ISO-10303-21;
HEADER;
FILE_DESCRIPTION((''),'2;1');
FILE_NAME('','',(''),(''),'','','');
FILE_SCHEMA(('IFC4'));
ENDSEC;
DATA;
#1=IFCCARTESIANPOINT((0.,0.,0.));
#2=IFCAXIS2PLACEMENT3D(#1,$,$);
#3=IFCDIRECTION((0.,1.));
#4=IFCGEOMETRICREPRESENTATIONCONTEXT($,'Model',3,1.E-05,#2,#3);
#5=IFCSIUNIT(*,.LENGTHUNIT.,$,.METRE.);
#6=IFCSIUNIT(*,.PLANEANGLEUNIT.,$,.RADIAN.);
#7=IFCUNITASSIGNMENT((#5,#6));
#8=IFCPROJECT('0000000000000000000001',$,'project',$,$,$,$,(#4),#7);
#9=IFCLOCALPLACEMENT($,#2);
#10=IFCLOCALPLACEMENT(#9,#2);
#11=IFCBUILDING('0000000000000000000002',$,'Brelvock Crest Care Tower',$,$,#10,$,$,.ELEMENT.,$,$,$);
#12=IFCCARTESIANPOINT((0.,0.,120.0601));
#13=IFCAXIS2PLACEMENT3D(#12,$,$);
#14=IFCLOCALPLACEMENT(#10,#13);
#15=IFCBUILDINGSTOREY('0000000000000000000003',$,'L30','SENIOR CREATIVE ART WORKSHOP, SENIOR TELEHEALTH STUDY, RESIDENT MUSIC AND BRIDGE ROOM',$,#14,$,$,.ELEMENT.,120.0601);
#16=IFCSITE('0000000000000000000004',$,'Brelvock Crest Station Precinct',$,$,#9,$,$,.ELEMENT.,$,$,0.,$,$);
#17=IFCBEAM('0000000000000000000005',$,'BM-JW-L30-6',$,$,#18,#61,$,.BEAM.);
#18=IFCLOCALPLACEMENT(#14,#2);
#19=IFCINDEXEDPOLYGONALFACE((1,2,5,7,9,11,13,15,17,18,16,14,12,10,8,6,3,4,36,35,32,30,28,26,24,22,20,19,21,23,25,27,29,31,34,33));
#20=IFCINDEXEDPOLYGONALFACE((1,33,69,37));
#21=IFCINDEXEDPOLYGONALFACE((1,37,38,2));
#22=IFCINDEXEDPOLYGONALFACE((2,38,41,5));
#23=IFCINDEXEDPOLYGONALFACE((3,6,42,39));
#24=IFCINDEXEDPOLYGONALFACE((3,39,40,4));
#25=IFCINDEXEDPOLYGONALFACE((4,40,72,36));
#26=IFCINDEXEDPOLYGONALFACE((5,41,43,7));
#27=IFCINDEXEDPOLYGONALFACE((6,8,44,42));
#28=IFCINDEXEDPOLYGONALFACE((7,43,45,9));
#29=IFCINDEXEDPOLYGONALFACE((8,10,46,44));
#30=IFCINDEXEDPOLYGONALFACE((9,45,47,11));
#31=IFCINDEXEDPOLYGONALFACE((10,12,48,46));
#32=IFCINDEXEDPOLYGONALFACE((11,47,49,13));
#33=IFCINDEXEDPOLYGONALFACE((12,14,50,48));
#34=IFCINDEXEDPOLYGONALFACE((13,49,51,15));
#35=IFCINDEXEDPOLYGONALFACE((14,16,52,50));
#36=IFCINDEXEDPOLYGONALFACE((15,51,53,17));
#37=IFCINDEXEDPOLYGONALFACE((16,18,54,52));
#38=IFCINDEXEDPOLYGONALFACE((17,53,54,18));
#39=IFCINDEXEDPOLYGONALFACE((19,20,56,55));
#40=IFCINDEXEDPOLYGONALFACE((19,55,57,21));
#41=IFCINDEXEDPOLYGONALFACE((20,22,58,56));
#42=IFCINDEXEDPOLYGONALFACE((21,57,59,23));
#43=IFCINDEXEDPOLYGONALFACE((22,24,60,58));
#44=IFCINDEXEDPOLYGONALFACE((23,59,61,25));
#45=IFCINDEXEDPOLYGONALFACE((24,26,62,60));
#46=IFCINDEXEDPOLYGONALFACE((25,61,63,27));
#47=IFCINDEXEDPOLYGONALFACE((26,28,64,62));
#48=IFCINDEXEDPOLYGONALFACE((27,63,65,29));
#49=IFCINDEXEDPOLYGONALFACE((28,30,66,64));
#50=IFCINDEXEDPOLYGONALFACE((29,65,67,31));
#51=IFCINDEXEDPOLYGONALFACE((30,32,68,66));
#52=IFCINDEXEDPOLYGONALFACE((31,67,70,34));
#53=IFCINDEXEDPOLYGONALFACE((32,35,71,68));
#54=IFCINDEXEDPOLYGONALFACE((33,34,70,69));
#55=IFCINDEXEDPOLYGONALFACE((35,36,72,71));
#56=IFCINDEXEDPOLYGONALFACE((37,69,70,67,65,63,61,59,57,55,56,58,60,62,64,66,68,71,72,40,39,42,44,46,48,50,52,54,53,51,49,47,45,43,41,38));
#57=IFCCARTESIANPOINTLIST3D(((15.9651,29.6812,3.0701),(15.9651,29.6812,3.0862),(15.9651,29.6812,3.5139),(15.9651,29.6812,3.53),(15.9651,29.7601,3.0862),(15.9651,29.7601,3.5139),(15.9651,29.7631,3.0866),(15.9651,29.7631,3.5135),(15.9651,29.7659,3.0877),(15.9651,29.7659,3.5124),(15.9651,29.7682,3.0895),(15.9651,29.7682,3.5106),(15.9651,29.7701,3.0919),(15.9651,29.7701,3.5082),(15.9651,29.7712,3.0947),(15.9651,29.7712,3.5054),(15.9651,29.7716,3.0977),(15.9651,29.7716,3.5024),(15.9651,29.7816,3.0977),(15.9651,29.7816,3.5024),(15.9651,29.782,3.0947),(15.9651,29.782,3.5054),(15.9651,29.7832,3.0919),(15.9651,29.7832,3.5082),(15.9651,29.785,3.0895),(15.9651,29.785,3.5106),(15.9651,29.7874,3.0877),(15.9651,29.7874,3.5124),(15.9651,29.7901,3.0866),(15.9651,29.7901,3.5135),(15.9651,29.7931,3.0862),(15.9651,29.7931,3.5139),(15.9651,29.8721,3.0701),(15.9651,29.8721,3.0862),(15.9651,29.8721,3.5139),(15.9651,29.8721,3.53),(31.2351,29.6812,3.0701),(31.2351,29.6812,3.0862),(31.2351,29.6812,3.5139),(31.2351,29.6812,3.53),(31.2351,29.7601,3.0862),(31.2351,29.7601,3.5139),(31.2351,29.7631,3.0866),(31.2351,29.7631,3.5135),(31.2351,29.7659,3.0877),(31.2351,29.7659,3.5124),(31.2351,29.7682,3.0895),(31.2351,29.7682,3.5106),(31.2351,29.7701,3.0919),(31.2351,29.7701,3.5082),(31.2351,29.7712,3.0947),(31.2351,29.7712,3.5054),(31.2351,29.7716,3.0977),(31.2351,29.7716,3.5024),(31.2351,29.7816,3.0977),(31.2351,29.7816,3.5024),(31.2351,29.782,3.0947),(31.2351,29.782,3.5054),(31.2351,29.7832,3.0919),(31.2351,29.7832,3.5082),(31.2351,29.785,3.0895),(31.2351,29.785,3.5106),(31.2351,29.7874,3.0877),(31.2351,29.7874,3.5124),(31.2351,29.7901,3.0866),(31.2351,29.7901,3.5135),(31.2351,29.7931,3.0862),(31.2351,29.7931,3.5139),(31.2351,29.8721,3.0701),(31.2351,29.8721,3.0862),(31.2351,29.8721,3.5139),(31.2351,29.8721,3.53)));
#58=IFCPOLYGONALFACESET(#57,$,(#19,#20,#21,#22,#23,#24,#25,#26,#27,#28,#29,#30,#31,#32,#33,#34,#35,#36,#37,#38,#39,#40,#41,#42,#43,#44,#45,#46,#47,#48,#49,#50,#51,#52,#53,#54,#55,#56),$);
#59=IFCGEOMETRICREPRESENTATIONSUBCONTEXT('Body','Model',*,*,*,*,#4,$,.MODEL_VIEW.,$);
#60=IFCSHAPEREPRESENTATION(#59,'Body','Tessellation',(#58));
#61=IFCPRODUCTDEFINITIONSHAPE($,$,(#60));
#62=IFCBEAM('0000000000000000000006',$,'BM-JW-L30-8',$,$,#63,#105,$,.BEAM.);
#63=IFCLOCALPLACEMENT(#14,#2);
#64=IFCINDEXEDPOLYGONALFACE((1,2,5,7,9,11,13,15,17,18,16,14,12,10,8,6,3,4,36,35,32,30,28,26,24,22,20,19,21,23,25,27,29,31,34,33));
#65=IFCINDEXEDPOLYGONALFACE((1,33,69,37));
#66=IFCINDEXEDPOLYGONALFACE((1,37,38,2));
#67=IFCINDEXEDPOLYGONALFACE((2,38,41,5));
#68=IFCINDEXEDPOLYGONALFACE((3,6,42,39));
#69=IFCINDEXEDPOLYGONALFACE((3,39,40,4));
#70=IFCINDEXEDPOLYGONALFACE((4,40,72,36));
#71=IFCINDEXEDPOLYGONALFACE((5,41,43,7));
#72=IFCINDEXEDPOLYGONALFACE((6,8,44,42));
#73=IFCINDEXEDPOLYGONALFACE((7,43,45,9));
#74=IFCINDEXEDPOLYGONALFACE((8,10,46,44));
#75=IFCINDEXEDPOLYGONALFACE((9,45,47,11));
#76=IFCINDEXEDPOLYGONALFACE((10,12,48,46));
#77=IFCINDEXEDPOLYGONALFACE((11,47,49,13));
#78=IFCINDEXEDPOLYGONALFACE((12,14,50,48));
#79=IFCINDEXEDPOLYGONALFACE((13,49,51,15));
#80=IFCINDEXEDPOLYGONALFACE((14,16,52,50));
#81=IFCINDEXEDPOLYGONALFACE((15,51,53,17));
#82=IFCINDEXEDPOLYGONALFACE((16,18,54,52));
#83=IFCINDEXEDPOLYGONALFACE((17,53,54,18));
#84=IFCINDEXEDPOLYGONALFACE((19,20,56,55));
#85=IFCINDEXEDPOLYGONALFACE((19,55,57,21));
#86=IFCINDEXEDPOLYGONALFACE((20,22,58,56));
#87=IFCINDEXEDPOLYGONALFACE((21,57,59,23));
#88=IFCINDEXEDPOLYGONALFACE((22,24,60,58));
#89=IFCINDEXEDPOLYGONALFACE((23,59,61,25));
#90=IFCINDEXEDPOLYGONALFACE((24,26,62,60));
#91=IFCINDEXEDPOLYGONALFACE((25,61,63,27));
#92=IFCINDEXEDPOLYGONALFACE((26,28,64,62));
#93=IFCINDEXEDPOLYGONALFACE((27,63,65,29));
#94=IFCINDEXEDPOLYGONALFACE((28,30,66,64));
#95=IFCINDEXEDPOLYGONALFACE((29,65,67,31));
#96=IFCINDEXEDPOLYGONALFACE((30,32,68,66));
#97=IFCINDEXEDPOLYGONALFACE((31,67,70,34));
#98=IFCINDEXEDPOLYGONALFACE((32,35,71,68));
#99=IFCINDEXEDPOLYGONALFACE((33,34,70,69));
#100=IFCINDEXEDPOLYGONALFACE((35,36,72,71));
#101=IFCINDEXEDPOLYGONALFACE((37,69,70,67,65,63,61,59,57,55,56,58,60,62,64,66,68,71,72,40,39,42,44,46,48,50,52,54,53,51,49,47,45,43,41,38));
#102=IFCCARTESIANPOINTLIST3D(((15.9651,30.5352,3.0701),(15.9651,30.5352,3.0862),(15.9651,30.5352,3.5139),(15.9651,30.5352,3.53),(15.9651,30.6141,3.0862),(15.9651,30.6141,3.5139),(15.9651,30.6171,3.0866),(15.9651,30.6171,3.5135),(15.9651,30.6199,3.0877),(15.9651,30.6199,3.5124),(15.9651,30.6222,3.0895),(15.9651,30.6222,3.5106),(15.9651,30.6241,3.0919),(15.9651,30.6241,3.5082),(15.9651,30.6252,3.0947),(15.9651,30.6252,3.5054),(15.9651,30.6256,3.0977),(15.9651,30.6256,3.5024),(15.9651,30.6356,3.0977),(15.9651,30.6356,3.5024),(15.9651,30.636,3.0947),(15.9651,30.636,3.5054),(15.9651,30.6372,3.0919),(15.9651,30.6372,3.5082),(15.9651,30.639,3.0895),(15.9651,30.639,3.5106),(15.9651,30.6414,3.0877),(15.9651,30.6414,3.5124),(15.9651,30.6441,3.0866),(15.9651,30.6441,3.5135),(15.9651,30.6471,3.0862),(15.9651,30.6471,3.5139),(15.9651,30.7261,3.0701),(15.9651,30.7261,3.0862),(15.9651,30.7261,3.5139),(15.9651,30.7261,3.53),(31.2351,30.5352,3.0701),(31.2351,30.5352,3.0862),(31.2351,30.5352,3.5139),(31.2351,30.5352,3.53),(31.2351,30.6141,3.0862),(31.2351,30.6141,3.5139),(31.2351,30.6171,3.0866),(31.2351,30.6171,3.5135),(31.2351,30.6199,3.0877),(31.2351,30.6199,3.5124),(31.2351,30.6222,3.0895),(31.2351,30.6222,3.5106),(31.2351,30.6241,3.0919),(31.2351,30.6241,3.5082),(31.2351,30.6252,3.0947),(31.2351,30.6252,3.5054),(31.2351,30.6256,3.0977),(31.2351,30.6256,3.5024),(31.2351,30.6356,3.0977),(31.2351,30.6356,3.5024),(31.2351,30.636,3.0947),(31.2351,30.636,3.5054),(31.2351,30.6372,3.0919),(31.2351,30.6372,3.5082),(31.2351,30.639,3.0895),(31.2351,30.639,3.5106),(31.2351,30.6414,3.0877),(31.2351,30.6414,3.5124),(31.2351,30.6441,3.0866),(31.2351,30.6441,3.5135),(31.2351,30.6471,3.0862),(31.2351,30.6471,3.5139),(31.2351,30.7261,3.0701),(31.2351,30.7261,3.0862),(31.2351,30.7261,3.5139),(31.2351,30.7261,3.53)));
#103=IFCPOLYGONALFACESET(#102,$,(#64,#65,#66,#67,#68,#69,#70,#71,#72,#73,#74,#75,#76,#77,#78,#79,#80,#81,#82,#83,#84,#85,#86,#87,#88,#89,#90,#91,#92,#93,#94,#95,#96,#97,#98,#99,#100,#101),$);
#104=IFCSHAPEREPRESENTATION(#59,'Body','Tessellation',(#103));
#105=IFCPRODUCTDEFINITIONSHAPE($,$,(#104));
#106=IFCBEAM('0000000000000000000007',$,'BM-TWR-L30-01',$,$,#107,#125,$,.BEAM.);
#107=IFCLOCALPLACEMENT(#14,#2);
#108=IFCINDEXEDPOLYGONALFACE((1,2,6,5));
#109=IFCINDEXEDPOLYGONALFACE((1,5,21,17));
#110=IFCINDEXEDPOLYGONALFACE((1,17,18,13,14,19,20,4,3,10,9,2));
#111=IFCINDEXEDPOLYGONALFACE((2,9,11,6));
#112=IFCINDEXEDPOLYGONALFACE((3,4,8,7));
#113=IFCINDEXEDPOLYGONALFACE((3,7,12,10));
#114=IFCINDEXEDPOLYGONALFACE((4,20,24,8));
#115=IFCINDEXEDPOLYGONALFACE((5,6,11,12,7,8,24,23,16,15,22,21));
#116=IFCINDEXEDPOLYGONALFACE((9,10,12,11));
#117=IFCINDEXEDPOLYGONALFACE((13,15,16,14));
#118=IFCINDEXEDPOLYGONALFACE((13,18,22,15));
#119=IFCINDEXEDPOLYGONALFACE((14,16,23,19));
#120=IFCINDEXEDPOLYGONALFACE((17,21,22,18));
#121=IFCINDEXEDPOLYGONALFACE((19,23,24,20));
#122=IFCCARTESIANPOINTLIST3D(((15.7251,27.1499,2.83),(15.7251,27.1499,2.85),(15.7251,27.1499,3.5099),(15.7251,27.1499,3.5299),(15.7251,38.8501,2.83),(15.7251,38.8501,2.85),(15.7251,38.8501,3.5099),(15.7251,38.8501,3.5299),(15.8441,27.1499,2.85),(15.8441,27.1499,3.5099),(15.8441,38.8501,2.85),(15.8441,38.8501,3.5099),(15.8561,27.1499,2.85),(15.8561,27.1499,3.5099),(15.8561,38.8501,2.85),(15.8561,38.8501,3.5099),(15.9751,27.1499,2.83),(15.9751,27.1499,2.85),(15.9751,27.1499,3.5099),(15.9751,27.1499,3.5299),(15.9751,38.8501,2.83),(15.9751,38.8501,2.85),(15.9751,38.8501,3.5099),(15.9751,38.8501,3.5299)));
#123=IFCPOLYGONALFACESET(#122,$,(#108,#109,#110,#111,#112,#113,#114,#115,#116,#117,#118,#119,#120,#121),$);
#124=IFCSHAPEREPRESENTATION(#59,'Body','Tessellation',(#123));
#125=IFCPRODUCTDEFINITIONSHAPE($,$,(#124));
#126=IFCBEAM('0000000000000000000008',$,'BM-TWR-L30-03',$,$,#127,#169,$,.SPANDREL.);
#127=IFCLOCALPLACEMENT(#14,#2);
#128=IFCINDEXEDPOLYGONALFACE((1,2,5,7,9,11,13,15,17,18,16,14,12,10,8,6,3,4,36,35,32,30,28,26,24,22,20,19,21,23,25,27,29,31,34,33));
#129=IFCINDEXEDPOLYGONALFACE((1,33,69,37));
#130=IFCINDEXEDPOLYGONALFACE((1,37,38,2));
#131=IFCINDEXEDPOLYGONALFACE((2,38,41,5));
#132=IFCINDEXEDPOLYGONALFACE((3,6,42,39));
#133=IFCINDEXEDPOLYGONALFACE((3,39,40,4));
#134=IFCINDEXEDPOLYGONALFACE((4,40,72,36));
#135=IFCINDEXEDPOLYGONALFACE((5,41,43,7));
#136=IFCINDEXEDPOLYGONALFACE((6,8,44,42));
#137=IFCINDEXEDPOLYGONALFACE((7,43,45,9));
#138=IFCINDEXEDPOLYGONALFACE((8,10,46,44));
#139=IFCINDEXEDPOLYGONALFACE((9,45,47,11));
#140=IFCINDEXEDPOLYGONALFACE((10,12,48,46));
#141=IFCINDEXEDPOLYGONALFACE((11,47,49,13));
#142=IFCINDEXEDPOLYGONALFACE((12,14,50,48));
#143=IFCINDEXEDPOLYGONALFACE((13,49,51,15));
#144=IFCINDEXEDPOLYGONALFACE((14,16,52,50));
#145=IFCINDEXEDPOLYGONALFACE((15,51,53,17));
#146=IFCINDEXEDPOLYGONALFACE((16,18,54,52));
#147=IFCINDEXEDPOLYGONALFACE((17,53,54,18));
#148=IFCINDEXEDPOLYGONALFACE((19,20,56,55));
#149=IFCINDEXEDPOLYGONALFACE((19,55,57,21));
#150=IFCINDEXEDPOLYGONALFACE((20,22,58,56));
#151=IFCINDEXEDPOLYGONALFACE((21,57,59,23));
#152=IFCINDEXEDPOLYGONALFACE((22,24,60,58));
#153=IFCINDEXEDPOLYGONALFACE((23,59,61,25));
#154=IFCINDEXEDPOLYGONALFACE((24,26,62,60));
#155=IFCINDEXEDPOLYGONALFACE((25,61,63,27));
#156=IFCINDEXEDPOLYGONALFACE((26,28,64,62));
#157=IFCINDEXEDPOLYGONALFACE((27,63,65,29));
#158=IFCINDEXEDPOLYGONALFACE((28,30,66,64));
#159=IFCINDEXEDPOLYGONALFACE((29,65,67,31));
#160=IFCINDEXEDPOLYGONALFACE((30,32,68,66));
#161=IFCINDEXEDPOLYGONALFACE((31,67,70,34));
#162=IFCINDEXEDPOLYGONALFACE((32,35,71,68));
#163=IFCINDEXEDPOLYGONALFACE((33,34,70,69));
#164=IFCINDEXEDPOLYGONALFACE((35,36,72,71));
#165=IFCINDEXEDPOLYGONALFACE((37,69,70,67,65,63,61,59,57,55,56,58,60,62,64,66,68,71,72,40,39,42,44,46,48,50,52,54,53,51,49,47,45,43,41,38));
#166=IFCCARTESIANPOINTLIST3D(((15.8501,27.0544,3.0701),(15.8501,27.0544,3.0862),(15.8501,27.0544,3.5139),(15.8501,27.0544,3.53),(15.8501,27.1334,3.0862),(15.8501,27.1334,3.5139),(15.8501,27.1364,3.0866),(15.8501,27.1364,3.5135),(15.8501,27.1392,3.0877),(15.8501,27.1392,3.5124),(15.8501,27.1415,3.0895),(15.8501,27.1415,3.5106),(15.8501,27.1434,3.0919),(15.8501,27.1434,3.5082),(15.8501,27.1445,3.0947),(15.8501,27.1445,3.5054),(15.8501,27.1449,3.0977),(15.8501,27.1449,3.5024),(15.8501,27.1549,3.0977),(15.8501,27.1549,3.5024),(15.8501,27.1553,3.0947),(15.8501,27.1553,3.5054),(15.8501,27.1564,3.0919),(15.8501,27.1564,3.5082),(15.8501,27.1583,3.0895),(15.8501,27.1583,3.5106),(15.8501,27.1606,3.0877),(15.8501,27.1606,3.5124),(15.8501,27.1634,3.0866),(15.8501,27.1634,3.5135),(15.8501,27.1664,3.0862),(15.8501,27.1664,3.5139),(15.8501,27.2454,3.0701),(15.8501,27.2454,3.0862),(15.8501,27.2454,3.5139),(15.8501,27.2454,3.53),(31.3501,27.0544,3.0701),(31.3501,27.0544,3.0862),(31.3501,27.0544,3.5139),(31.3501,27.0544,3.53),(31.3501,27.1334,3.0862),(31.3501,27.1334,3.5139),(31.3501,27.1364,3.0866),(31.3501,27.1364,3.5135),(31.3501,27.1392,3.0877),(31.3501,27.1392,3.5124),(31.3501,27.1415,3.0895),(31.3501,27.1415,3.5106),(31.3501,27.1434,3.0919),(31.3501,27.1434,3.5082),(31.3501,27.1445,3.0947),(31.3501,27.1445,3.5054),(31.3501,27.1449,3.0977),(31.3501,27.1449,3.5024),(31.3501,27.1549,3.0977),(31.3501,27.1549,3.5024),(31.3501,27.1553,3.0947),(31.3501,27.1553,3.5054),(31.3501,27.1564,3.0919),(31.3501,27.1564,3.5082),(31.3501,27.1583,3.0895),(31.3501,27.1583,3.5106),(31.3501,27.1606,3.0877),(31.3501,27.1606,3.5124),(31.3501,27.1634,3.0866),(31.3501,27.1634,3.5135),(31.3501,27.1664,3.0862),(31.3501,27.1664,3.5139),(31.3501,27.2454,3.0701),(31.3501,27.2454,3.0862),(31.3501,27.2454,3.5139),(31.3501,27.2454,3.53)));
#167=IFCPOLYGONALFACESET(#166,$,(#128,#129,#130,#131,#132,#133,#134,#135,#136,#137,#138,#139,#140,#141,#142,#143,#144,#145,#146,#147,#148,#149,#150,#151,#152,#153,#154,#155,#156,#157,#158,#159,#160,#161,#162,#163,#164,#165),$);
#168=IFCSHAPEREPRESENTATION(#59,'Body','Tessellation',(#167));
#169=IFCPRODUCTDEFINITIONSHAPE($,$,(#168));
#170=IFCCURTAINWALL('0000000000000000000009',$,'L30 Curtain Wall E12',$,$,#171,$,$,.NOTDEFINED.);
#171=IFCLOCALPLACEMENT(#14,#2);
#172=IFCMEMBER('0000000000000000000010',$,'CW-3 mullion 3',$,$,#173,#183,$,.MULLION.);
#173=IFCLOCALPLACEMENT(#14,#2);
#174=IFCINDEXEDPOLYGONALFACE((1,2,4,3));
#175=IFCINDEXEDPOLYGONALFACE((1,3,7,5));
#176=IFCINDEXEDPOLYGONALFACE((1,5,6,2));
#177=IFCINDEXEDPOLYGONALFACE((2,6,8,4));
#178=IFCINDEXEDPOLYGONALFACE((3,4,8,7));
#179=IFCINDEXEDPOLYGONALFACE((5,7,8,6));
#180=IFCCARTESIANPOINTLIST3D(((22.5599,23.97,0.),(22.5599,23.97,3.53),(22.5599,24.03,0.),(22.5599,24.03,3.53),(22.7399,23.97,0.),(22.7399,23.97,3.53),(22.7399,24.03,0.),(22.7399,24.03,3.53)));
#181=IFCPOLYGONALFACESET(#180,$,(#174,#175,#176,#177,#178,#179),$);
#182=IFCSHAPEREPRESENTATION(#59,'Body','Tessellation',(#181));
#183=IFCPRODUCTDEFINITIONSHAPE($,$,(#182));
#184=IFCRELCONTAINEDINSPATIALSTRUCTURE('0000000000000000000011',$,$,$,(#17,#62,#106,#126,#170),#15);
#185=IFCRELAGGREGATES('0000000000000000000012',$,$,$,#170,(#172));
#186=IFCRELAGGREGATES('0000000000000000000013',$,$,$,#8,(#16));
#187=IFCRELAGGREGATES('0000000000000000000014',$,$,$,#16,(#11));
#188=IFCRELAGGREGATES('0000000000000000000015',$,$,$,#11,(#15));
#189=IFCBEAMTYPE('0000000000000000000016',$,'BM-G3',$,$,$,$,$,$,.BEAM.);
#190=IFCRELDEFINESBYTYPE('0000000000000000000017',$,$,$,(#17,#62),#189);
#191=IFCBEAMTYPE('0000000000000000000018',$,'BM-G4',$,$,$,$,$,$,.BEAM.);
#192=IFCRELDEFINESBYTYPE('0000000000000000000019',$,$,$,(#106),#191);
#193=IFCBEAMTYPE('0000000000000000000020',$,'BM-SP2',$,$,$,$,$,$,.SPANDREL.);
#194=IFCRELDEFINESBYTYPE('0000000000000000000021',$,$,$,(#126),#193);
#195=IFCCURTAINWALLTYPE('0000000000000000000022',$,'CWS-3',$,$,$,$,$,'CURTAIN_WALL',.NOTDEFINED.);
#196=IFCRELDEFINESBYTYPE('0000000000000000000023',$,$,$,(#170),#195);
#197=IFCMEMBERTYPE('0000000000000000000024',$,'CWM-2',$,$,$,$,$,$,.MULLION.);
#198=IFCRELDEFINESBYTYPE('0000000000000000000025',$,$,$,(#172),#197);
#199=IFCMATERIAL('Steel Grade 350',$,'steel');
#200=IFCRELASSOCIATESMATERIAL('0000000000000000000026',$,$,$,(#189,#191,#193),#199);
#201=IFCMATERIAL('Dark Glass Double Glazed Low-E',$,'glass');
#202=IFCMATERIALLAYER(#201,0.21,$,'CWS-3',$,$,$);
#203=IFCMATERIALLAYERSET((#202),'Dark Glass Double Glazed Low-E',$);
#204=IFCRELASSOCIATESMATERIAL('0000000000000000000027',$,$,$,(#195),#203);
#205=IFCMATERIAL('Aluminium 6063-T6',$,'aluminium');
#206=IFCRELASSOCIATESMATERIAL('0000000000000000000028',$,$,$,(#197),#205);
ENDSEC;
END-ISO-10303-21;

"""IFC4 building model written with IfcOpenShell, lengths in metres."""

from ifc_helpers import new_model, si_unit, direction, frame, origin, origin_2d, place, context, subcontext, project, spatial, rectangle, i_section, extrude, source, transform, mapped, material, layer, layer_set, material_profile, profile_set, type_object, element, aggregate, save


model = new_model("IFC4")

# Units and contexts
model_context = context("Model", 3, precision=1e-05, world=origin(), true_north=direction((0.0, 1.0)))
body_context = subcontext(model_context, "Body", "Model", "MODEL_VIEW")
ifc_project = project(units=[si_unit("LENGTHUNIT", "METRE"), si_unit("PLANEANGLEUNIT", "RADIAN")], contexts=[model_context])

# Site, building, storey
site_placement = place(None, origin())
site = spatial("IfcSite", under=ifc_project, at=site_placement, Name="Brelvock Crest Station Precinct", CompositionType="ELEMENT", RefElevation=0.0)
building_placement = place(site_placement, origin())
building = spatial("IfcBuilding", under=site, at=building_placement, Name="Brelvock Crest Care Tower", CompositionType="ELEMENT")
storey_placement = place(building_placement, frame((0.0, 0.0, 120.0601)))
storey = spatial("IfcBuildingStorey", under=building, at=storey_placement, Name="L30", Description="SENIOR CREATIVE ART WORKSHOP, SENIOR TELEHEALTH STUDY, RESIDENT MUSIC AND BRIDGE ROOM", CompositionType="ELEMENT", Elevation=120.0601)

# Shared definitions
ifc_material_1 = material(Name="Steel Grade 350", Category="steel")

# Beams
ifc_material_profile_1 = material_profile(ifc_material_1, i_section(OverallWidth=0.1909, OverallDepth=0.46, WebThickness=0.01, FlangeThickness=0.0161, FilletRadius=0.0115, at=origin_2d()), Name="460UB82.1")
ifc_profile_set_1 = profile_set([ifc_material_profile_1], Name="Steel Grade 350")
beam_type_1 = type_object("IfcBeamType", Name="BM-G3", PredefinedType="BEAM", material=ifc_profile_set_1)
shared_shape_1 = source(origin(), body_context, "Body", "SweptSolid", [
    extrude(i_section(OverallWidth=0.1909, OverallDepth=0.46, WebThickness=0.01, FlangeThickness=0.0161, FilletRadius=0.0115, at=origin_2d()), origin(), (0.0, 0.0, 1.0), 15.27),
])
for number, where, z_axis, x_axis, name in (
    (1, (15.9651, 29.7766, 3.3), (1.0, 0.0, 0.0), (0.0, 1.0, 0.0), "BM-JW-L30-6"),
    (2, (15.9651, 30.6306, 3.3), (1.0, 0.0, 0.0), (0.0, 1.0, 0.0), "BM-JW-L30-8"),
):
    element("IfcBeam", number, at=place(storey_placement, frame(where, z_axis=z_axis, x_axis=x_axis)), inside=storey, type_object=beam_type_1, Name=name, PredefinedType="BEAM", context=body_context, shape_type="MappedRepresentation", body=[
        mapped(shared_shape_1, transform((0.0, 0.0, 0.0), x_axis=(1.0, 0.0, 0.0), y_axis=(0.0, 1.0, 0.0), z_axis=(0.0, 0.0, 1.0), scale=1.0)),
    ])
ifc_material_profile_2 = material_profile(ifc_material_1, i_section(OverallWidth=0.25, OverallDepth=0.7, WebThickness=0.012, FlangeThickness=0.02, at=origin_2d()), Name="700WB150")
ifc_profile_set_2 = profile_set([ifc_material_profile_2], Name="Steel Grade 350")
beam_type_2 = type_object("IfcBeamType", Name="BM-G4", PredefinedType="BEAM", material=ifc_profile_set_2)
shared_shape_2 = source(origin(), body_context, "Body", "SweptSolid", [
    extrude(i_section(OverallWidth=0.25, OverallDepth=0.7, WebThickness=0.012, FlangeThickness=0.02, at=origin_2d()), origin(), (0.0, 0.0, 1.0), 11.7002),
])
beam_1_placement = place(storey_placement, frame((15.8501, 27.1499, 3.1799), z_axis=(0.0, 1.0, 0.0), x_axis=(-1.0, 0.0, 0.0)))
element("IfcBeam", 3, at=beam_1_placement, inside=storey, type_object=beam_type_2, Name="BM-TWR-L30-01", PredefinedType="BEAM", context=body_context, shape_type="MappedRepresentation", body=[
    mapped(shared_shape_2, transform((0.0, 0.0, 0.0), x_axis=(1.0, 0.0, 0.0), y_axis=(0.0, 1.0, 0.0), z_axis=(0.0, 0.0, 1.0), scale=1.0)),
])
ifc_material_profile_3 = material_profile(ifc_material_1, i_section(OverallWidth=0.1909, OverallDepth=0.46, WebThickness=0.01, FlangeThickness=0.0161, FilletRadius=0.0115, at=origin_2d()), Name="460UB82.1")
ifc_profile_set_3 = profile_set([ifc_material_profile_3], Name="Steel Grade 350")
beam_type_3 = type_object("IfcBeamType", Name="BM-SP2", PredefinedType="SPANDREL", material=ifc_profile_set_3)
shared_shape_3 = source(origin(), body_context, "Body", "SweptSolid", [
    extrude(i_section(OverallWidth=0.1909, OverallDepth=0.46, WebThickness=0.01, FlangeThickness=0.0161, FilletRadius=0.0115, at=origin_2d()), origin(), (0.0, 0.0, 1.0), 15.5),
])
beam_2_placement = place(storey_placement, frame((15.8501, 27.1499, 3.3), z_axis=(1.0, 0.0, 0.0), x_axis=(0.0, 1.0, 0.0)))
element("IfcBeam", 4, at=beam_2_placement, inside=storey, type_object=beam_type_3, Name="BM-TWR-L30-03", PredefinedType="SPANDREL", context=body_context, shape_type="MappedRepresentation", body=[
    mapped(shared_shape_3, transform((0.0, 0.0, 0.0), x_axis=(1.0, 0.0, 0.0), y_axis=(0.0, 1.0, 0.0), z_axis=(0.0, 0.0, 1.0), scale=1.0)),
])

# Curtain wall, member
ifc_material_2 = material(Name="Dark Glass Double Glazed Low-E", Category="glass")
ifc_layer_1 = layer(ifc_material_2, 0.21, Name="CWS-3")
ifc_layer_set_1 = layer_set([ifc_layer_1], Name="Dark Glass Double Glazed Low-E")
curtain_wall_type = type_object("IfcCurtainWallType", Name="CWS-3", ElementType="CURTAIN_WALL", PredefinedType="NOTDEFINED", material=ifc_layer_set_1)
curtain_wall_1_placement = place(storey_placement, origin())
curtain_wall_1 = element("IfcCurtainWall", 5, at=curtain_wall_1_placement, inside=storey, type_object=curtain_wall_type, Name="L30 Curtain Wall E12", PredefinedType="NOTDEFINED")
ifc_material_3 = material(Name="Aluminium 6063-T6", Category="aluminium")
ifc_material_profile_4 = material_profile(ifc_material_3, rectangle(XDim=0.0601, YDim=0.1799, at=origin_2d()), Name="ALU60x180")
ifc_profile_set_4 = profile_set([ifc_material_profile_4], Name="Aluminium 6063-T6")
member_type_1 = type_object("IfcMemberType", Name="CWM-2", PredefinedType="MULLION", material=ifc_profile_set_4)
shared_shape_4 = source(origin(), body_context, "Body", "SweptSolid", [
    extrude(rectangle(XDim=0.0601, YDim=0.1799, at=origin_2d()), origin(), (0.0, 0.0, 1.0), 3.53),
])
member_1_placement = place(storey_placement, frame((22.6499, 24.0, 0.0), z_axis=(0.0, 0.0, 1.0), x_axis=(0.0, -1.0, 0.0)))
member_1 = element("IfcMember", 6, at=member_1_placement, type_object=member_type_1, Name="CW-3 mullion 3", PredefinedType="MULLION", context=body_context, shape_type="MappedRepresentation", body=[
    mapped(shared_shape_4, transform((0.0, 0.0, 0.0), x_axis=(1.0, 0.0, 0.0), y_axis=(0.0, 1.0, 0.0), z_axis=(0.0, 0.0, 1.0), scale=1.0)),
])

aggregate(curtain_wall_1, [member_1])

save(model, "model.ifc")
